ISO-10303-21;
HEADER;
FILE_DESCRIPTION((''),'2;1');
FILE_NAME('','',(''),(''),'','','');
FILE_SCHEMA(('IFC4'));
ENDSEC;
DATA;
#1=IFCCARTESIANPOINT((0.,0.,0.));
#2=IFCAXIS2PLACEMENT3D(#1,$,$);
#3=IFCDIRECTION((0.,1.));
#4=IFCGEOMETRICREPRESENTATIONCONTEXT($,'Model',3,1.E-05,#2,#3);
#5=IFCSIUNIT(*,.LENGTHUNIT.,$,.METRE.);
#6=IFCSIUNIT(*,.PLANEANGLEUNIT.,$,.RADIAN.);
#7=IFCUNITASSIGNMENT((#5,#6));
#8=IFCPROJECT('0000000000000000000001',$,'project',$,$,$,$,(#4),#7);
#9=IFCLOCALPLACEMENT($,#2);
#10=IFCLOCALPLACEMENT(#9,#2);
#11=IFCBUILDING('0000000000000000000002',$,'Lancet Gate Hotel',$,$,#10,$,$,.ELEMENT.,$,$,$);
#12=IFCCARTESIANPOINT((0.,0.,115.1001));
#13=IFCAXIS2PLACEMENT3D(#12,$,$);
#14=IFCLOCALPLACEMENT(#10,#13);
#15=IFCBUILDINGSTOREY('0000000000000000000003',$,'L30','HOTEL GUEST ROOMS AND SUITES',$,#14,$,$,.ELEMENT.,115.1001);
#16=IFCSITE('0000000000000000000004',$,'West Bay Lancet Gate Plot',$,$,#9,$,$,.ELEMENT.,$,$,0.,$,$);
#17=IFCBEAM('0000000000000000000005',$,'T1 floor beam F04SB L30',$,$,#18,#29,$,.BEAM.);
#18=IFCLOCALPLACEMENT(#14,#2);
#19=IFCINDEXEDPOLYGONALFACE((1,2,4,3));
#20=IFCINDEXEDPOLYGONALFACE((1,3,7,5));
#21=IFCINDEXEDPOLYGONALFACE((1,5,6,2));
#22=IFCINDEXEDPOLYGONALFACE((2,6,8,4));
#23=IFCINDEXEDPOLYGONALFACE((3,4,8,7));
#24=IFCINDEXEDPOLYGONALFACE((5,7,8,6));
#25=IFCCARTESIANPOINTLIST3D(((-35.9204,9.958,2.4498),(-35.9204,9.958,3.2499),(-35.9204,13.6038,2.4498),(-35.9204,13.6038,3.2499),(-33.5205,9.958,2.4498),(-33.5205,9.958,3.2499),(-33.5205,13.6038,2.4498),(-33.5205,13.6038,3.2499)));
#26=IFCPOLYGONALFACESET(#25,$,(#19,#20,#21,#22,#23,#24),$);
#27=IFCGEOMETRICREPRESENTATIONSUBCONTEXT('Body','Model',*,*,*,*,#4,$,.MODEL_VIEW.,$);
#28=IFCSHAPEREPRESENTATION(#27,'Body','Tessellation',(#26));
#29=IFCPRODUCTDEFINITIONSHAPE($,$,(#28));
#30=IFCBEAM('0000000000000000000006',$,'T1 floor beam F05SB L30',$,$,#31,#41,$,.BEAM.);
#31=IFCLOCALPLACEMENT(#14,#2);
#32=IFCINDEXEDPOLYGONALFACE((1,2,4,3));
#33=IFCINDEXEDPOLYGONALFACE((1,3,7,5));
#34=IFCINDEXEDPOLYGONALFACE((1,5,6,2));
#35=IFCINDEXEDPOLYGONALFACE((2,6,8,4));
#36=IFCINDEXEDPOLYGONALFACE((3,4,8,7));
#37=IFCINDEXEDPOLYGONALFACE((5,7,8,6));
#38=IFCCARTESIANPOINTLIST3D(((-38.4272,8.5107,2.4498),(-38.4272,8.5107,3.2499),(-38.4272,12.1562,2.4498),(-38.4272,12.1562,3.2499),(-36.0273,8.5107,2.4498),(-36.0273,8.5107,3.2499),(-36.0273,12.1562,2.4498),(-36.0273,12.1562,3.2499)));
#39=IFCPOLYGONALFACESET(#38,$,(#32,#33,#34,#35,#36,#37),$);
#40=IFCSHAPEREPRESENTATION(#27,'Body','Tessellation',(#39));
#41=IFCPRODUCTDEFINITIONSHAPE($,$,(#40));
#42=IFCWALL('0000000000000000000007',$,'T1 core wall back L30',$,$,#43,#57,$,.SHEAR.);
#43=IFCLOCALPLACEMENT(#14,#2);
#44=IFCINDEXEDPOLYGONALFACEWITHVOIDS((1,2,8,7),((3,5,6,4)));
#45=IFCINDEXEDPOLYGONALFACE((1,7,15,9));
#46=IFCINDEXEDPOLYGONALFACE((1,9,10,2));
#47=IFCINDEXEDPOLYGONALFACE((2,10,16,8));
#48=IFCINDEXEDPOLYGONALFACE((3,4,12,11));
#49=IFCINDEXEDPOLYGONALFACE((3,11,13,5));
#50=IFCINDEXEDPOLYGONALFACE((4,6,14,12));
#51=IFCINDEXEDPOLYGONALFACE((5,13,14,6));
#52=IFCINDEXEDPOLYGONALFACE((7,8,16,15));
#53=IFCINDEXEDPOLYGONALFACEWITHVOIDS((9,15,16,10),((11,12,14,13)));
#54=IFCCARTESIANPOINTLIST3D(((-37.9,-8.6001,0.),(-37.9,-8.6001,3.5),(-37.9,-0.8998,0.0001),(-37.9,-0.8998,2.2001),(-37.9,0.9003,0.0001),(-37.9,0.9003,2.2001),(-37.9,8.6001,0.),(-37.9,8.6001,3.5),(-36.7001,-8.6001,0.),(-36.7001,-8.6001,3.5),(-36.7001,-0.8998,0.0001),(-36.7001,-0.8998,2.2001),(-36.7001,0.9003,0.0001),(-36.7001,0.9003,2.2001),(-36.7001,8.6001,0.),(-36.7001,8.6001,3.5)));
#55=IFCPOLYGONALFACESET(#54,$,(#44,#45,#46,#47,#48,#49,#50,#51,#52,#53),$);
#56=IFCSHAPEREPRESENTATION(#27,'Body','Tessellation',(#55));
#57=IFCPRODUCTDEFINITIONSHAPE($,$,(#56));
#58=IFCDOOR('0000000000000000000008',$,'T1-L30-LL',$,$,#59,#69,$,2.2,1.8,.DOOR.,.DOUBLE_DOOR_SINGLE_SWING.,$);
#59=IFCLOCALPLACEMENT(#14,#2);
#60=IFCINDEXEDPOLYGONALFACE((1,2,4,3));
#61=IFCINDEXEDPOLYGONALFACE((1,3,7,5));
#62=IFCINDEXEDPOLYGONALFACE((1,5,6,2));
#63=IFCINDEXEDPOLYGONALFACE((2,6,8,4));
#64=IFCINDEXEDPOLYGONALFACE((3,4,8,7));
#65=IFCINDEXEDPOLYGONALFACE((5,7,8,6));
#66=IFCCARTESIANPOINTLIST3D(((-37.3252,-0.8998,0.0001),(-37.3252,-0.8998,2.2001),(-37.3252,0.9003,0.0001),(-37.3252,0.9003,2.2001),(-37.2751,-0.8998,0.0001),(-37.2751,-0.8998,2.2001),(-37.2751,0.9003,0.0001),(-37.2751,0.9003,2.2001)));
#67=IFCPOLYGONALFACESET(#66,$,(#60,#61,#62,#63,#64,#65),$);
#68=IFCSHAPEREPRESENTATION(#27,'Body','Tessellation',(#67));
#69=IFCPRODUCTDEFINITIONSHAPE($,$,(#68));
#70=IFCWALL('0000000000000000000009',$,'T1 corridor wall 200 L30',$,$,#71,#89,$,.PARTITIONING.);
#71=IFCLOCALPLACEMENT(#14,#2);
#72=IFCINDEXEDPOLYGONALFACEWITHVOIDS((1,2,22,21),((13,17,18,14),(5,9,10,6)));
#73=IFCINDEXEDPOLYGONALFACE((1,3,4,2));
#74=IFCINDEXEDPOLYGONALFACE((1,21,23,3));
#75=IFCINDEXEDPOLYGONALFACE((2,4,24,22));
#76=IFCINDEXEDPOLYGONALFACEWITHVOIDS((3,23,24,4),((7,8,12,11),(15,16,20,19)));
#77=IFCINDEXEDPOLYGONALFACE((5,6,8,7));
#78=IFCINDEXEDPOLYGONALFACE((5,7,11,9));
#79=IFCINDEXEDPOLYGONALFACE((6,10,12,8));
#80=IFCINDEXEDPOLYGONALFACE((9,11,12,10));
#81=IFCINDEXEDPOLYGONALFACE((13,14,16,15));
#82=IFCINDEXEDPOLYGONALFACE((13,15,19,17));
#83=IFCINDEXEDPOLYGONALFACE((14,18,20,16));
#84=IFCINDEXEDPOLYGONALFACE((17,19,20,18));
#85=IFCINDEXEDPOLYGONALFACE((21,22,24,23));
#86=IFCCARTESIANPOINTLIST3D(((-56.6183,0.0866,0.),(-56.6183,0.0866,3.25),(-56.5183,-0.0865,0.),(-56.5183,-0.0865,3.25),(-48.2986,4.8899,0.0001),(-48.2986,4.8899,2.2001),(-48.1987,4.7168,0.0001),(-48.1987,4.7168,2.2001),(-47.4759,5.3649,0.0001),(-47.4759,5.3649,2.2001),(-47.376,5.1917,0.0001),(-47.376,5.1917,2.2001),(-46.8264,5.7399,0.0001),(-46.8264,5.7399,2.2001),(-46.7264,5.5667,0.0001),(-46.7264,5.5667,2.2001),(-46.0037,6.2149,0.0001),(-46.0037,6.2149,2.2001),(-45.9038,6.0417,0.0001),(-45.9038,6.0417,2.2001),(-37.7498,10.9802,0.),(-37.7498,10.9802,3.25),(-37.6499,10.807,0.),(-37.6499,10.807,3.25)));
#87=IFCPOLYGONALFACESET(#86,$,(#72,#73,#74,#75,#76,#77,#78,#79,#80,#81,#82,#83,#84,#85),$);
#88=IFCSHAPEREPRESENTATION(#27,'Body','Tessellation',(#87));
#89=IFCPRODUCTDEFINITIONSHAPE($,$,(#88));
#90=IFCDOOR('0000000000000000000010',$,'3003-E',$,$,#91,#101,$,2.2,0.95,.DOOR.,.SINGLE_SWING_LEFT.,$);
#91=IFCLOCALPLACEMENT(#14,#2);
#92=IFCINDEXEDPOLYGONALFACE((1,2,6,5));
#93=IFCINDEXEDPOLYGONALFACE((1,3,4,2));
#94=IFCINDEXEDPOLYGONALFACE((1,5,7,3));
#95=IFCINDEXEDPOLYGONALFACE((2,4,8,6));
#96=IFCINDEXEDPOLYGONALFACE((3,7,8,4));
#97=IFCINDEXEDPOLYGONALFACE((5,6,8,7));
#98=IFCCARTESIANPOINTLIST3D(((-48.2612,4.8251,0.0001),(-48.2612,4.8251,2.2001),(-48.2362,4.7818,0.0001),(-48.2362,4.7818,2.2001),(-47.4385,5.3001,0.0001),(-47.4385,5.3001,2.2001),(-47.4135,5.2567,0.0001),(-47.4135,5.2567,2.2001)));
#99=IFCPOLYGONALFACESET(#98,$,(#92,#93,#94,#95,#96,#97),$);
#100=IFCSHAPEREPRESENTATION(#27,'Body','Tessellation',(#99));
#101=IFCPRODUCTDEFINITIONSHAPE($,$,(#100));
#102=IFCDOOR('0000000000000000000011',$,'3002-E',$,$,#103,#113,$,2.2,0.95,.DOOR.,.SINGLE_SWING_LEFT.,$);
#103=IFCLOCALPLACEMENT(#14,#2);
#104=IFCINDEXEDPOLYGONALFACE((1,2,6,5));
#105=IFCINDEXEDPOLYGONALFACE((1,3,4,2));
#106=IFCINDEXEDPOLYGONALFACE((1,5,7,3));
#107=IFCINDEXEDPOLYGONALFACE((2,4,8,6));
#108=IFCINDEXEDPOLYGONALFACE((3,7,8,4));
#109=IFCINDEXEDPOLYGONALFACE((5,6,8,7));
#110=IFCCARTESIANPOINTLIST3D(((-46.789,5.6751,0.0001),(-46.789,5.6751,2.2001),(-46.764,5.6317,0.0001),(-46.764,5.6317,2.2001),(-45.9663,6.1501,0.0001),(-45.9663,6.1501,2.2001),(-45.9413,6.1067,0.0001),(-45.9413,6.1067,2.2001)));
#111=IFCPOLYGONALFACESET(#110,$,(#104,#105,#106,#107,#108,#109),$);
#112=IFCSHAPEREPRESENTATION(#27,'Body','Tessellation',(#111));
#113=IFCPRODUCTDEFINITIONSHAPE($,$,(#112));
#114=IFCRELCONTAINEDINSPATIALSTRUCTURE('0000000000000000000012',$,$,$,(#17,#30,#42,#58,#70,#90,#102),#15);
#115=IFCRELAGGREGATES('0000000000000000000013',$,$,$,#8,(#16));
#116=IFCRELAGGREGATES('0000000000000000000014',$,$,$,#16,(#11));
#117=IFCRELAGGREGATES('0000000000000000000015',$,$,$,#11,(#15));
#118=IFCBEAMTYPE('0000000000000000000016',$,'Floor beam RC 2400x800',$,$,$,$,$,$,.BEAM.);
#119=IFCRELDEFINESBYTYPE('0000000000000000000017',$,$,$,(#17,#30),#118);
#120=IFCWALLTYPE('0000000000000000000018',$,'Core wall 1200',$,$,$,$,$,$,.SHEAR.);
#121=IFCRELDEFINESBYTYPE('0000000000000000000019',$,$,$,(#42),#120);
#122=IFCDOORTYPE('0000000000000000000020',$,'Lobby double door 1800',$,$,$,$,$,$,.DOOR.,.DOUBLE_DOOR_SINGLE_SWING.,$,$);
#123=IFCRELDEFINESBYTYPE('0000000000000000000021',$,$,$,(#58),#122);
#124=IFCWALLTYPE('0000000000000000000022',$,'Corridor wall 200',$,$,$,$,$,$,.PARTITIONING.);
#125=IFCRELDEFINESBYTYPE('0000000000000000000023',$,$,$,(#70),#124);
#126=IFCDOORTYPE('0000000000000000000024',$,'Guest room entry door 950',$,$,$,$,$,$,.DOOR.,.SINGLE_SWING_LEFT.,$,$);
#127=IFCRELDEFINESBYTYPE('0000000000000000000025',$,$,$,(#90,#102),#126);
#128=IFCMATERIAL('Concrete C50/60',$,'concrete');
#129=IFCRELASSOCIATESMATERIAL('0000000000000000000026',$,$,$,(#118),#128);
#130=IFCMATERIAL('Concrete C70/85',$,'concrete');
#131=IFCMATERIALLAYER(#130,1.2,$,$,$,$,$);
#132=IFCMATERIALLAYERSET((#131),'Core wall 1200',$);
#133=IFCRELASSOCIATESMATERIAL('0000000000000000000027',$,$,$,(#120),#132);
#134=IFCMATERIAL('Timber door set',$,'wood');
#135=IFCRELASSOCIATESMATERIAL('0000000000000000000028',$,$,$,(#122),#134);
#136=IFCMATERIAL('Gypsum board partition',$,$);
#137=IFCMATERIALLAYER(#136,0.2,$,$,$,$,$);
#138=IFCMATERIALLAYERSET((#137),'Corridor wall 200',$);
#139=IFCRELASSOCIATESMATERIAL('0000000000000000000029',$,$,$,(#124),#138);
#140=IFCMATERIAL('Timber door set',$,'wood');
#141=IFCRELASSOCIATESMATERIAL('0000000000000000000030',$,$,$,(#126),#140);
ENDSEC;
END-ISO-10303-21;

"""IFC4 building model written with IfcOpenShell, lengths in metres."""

from ifc_helpers import new_model, si_unit, direction, frame, frame_2d, origin, origin_2d, place, context, subcontext, project, spatial, rectangle, extrude, material, layer, layer_set, material_profile, profile_set, type_object, element, fill, save


model = new_model("IFC4")

# Units and contexts
model_context = context("Model", 3, precision=1e-05, world=origin(), true_north=direction((0.0, 1.0)))
body_context = subcontext(model_context, "Body", "Model", "MODEL_VIEW")
ifc_project = project(units=[si_unit("LENGTHUNIT", "METRE"), si_unit("PLANEANGLEUNIT", "RADIAN")], contexts=[model_context])

# Site, building, storey
site_placement = place(None, origin())
site = spatial("IfcSite", under=ifc_project, at=site_placement, Name="West Bay Lancet Gate Plot", CompositionType="ELEMENT", RefElevation=0.0)
building_placement = place(site_placement, origin())
building = spatial("IfcBuilding", under=site, at=building_placement, Name="Lancet Gate Hotel", CompositionType="ELEMENT")
storey_placement = place(building_placement, frame((0.0, 0.0, 115.1001)))
storey = spatial("IfcBuildingStorey", under=building, at=storey_placement, Name="L30", Description="HOTEL GUEST ROOMS AND SUITES", CompositionType="ELEMENT", Elevation=115.1001)

# Beams
ifc_material_1 = material(Name="Concrete C50/60", Category="concrete")
ifc_material_profile = material_profile(ifc_material_1, rectangle(XDim=2.3999, YDim=0.8, at=origin_2d()), Name="RC 2400x800")
ifc_profile_set = profile_set([ifc_material_profile], Name="Concrete C50/60")
beam_type = type_object("IfcBeamType", Name="Floor beam RC 2400x800", PredefinedType="BEAM", material=ifc_profile_set)
beam_1_placement = place(storey_placement, frame((-34.7205, 13.6038, 2.8499), z_axis=(0.0, -1.0, 0.0), x_axis=(1.0, 0.0, 0.0)))
element("IfcBeam", 1, at=beam_1_placement, inside=storey, type_object=beam_type, Name="T1 floor beam F04SB L30", PredefinedType="BEAM", context=body_context, shape_type="SweptSolid", body=[
    extrude(rectangle(XDim=2.3999, YDim=0.8, at=origin_2d()), origin(), (0.0, 0.0, 1.0), 3.6458),
])
beam_2_placement = place(storey_placement, frame((-37.2273, 12.1562, 2.8499), z_axis=(0.0, -1.0, 0.0), x_axis=(1.0, 0.0, 0.0)))
element("IfcBeam", 2, at=beam_2_placement, inside=storey, type_object=beam_type, Name="T1 floor beam F05SB L30", PredefinedType="BEAM", context=body_context, shape_type="SweptSolid", body=[
    extrude(rectangle(XDim=2.3999, YDim=0.8, at=origin_2d()), origin(), (0.0, 0.0, 1.0), 3.6455),
])

# Wall, opening, door
ifc_material_2 = material(Name="Concrete C70/85", Category="concrete")
ifc_layer_1 = layer(ifc_material_2, 1.2)
ifc_layer_set_1 = layer_set([ifc_layer_1], Name="Core wall 1200")
wall_type_1 = type_object("IfcWallType", Name="Core wall 1200", PredefinedType="SHEAR", material=ifc_layer_set_1)
wall_1_placement = place(storey_placement, frame((-37.3, 8.6001, 0.0), z_axis=(0.0, 0.0, 1.0), x_axis=(0.0, -1.0, 0.0)))
wall_1 = element("IfcWall", 3, at=wall_1_placement, inside=storey, type_object=wall_type_1, Name="T1 core wall back L30", PredefinedType="SHEAR", context=body_context, shape_type="SweptSolid", body=[
    extrude(rectangle(XDim=17.2002, YDim=1.2, at=frame_2d((8.6001, 0.0))), origin(), (0.0, 0.0, 1.0), 3.5),
])
opening_1_placement = place(wall_1_placement, frame((7.7, 0.0, 0.0)))
opening_1 = element("IfcOpeningElement", 4, at=opening_1_placement, cuts=wall_1, PredefinedType="OPENING", context=body_context, shape_type="SweptSolid", body=[
    extrude(rectangle(XDim=1.8, YDim=2.2, at=frame_2d((0.8999, 1.1001))), frame((0.0, 0.6099, 0.0), z_axis=(0.0, -1.0, 0.0), x_axis=(1.0, 0.0, 0.0)), (0.0, 0.0, 1.0), 1.22),
])
ifc_material_3 = material(Name="Timber door set", Category="wood")
door_type_1 = type_object("IfcDoorType", Name="Lobby double door 1800", OperationType="DOUBLE_DOOR_SINGLE_SWING", PredefinedType="DOOR", material=ifc_material_3)
door_1_placement = place(opening_1_placement, origin())
door_1 = element("IfcDoor", 5, at=door_1_placement, inside=storey, type_object=door_type_1, Name="T1-L30-LL", OperationType="DOUBLE_DOOR_SINGLE_SWING", OverallHeight=2.2, OverallWidth=1.8, PredefinedType="DOOR", context=body_context, shape_type="SweptSolid", body=[
    extrude(rectangle(XDim=1.8, YDim=2.2, at=frame_2d((0.8999, 1.1001))), frame((0.0, 0.0249, 0.0), z_axis=(0.0, -1.0, 0.0), x_axis=(1.0, 0.0, 0.0)), (0.0, 0.0, 1.0), 0.05),
])
fill(opening_1, door_1)

# Wall, openings, doors
ifc_material_4 = material(Name="Gypsum board partition")
ifc_layer_2 = layer(ifc_material_4, 0.2)
ifc_layer_set_2 = layer_set([ifc_layer_2], Name="Corridor wall 200")
wall_type_2 = type_object("IfcWallType", Name="Corridor wall 200", PredefinedType="PARTITIONING", material=ifc_layer_set_2)
wall_2_placement = place(storey_placement, frame((-37.7, 10.8936, 0.0), z_axis=(0.0, 0.0, 1.0), x_axis=(-0.866028, -0.499996, 0.0)))
wall_2 = element("IfcWall", 6, at=wall_2_placement, inside=storey, type_object=wall_type_2, Name="T1 corridor wall 200 L30", PredefinedType="PARTITIONING", context=body_context, shape_type="SweptSolid", body=[
    extrude(rectangle(XDim=21.7874, YDim=0.2, at=frame_2d((10.8936, 0.0))), origin(), (0.0, 0.0, 1.0), 3.25),
])
opening_2_placement = place(wall_2_placement, frame((11.2305, 0.0, 0.0)))
opening_2 = element("IfcOpeningElement", 7, at=opening_2_placement, cuts=wall_2, PredefinedType="OPENING", context=body_context, shape_type="SweptSolid", body=[
    extrude(rectangle(XDim=0.95, YDim=2.2, at=frame_2d((0.4751, 1.1001))), frame((0.0, 0.1099, 0.0), z_axis=(0.0, -1.0, 0.0), x_axis=(1.0, 0.0, 0.0)), (0.0, 0.0, 1.0), 0.22),
])
opening_3_placement = place(wall_2_placement, frame((9.5305, 0.0, 0.0)))
opening_3 = element("IfcOpeningElement", 8, at=opening_3_placement, cuts=wall_2, PredefinedType="OPENING", context=body_context, shape_type="SweptSolid", body=[
    extrude(rectangle(XDim=0.95, YDim=2.2, at=frame_2d((0.4751, 1.1001))), frame((0.0, 0.1099, 0.0), z_axis=(0.0, -1.0, 0.0), x_axis=(1.0, 0.0, 0.0)), (0.0, 0.0, 1.0), 0.22),
])
ifc_material_5 = material(Name="Timber door set", Category="wood")
door_type_2 = type_object("IfcDoorType", Name="Guest room entry door 950", OperationType="SINGLE_SWING_LEFT", PredefinedType="DOOR", material=ifc_material_5)
door_2_placement = place(opening_2_placement, origin())
door_2 = element("IfcDoor", 9, at=door_2_placement, inside=storey, type_object=door_type_2, Name="3003-E", OperationType="SINGLE_SWING_LEFT", OverallHeight=2.2, OverallWidth=0.95, PredefinedType="DOOR", context=body_context, shape_type="SweptSolid", body=[
    extrude(rectangle(XDim=0.95, YDim=2.2, at=frame_2d((0.4751, 1.1001))), frame((0.0, 0.0249, 0.0), z_axis=(0.0, -1.0, 0.0), x_axis=(1.0, 0.0, 0.0)), (0.0, 0.0, 1.0), 0.05),
])
fill(opening_2, door_2)
door_3_placement = place(opening_3_placement, origin())
door_3 = element("IfcDoor", 10, at=door_3_placement, inside=storey, type_object=door_type_2, Name="3002-E", OperationType="SINGLE_SWING_LEFT", OverallHeight=2.2, OverallWidth=0.95, PredefinedType="DOOR", context=body_context, shape_type="SweptSolid", body=[
    extrude(rectangle(XDim=0.95, YDim=2.2, at=frame_2d((0.4751, 1.1001))), frame((0.0, 0.0249, 0.0), z_axis=(0.0, -1.0, 0.0), x_axis=(1.0, 0.0, 0.0)), (0.0, 0.0, 1.0), 0.05),
])
fill(opening_3, door_3)

save(model, "model.ifc")
